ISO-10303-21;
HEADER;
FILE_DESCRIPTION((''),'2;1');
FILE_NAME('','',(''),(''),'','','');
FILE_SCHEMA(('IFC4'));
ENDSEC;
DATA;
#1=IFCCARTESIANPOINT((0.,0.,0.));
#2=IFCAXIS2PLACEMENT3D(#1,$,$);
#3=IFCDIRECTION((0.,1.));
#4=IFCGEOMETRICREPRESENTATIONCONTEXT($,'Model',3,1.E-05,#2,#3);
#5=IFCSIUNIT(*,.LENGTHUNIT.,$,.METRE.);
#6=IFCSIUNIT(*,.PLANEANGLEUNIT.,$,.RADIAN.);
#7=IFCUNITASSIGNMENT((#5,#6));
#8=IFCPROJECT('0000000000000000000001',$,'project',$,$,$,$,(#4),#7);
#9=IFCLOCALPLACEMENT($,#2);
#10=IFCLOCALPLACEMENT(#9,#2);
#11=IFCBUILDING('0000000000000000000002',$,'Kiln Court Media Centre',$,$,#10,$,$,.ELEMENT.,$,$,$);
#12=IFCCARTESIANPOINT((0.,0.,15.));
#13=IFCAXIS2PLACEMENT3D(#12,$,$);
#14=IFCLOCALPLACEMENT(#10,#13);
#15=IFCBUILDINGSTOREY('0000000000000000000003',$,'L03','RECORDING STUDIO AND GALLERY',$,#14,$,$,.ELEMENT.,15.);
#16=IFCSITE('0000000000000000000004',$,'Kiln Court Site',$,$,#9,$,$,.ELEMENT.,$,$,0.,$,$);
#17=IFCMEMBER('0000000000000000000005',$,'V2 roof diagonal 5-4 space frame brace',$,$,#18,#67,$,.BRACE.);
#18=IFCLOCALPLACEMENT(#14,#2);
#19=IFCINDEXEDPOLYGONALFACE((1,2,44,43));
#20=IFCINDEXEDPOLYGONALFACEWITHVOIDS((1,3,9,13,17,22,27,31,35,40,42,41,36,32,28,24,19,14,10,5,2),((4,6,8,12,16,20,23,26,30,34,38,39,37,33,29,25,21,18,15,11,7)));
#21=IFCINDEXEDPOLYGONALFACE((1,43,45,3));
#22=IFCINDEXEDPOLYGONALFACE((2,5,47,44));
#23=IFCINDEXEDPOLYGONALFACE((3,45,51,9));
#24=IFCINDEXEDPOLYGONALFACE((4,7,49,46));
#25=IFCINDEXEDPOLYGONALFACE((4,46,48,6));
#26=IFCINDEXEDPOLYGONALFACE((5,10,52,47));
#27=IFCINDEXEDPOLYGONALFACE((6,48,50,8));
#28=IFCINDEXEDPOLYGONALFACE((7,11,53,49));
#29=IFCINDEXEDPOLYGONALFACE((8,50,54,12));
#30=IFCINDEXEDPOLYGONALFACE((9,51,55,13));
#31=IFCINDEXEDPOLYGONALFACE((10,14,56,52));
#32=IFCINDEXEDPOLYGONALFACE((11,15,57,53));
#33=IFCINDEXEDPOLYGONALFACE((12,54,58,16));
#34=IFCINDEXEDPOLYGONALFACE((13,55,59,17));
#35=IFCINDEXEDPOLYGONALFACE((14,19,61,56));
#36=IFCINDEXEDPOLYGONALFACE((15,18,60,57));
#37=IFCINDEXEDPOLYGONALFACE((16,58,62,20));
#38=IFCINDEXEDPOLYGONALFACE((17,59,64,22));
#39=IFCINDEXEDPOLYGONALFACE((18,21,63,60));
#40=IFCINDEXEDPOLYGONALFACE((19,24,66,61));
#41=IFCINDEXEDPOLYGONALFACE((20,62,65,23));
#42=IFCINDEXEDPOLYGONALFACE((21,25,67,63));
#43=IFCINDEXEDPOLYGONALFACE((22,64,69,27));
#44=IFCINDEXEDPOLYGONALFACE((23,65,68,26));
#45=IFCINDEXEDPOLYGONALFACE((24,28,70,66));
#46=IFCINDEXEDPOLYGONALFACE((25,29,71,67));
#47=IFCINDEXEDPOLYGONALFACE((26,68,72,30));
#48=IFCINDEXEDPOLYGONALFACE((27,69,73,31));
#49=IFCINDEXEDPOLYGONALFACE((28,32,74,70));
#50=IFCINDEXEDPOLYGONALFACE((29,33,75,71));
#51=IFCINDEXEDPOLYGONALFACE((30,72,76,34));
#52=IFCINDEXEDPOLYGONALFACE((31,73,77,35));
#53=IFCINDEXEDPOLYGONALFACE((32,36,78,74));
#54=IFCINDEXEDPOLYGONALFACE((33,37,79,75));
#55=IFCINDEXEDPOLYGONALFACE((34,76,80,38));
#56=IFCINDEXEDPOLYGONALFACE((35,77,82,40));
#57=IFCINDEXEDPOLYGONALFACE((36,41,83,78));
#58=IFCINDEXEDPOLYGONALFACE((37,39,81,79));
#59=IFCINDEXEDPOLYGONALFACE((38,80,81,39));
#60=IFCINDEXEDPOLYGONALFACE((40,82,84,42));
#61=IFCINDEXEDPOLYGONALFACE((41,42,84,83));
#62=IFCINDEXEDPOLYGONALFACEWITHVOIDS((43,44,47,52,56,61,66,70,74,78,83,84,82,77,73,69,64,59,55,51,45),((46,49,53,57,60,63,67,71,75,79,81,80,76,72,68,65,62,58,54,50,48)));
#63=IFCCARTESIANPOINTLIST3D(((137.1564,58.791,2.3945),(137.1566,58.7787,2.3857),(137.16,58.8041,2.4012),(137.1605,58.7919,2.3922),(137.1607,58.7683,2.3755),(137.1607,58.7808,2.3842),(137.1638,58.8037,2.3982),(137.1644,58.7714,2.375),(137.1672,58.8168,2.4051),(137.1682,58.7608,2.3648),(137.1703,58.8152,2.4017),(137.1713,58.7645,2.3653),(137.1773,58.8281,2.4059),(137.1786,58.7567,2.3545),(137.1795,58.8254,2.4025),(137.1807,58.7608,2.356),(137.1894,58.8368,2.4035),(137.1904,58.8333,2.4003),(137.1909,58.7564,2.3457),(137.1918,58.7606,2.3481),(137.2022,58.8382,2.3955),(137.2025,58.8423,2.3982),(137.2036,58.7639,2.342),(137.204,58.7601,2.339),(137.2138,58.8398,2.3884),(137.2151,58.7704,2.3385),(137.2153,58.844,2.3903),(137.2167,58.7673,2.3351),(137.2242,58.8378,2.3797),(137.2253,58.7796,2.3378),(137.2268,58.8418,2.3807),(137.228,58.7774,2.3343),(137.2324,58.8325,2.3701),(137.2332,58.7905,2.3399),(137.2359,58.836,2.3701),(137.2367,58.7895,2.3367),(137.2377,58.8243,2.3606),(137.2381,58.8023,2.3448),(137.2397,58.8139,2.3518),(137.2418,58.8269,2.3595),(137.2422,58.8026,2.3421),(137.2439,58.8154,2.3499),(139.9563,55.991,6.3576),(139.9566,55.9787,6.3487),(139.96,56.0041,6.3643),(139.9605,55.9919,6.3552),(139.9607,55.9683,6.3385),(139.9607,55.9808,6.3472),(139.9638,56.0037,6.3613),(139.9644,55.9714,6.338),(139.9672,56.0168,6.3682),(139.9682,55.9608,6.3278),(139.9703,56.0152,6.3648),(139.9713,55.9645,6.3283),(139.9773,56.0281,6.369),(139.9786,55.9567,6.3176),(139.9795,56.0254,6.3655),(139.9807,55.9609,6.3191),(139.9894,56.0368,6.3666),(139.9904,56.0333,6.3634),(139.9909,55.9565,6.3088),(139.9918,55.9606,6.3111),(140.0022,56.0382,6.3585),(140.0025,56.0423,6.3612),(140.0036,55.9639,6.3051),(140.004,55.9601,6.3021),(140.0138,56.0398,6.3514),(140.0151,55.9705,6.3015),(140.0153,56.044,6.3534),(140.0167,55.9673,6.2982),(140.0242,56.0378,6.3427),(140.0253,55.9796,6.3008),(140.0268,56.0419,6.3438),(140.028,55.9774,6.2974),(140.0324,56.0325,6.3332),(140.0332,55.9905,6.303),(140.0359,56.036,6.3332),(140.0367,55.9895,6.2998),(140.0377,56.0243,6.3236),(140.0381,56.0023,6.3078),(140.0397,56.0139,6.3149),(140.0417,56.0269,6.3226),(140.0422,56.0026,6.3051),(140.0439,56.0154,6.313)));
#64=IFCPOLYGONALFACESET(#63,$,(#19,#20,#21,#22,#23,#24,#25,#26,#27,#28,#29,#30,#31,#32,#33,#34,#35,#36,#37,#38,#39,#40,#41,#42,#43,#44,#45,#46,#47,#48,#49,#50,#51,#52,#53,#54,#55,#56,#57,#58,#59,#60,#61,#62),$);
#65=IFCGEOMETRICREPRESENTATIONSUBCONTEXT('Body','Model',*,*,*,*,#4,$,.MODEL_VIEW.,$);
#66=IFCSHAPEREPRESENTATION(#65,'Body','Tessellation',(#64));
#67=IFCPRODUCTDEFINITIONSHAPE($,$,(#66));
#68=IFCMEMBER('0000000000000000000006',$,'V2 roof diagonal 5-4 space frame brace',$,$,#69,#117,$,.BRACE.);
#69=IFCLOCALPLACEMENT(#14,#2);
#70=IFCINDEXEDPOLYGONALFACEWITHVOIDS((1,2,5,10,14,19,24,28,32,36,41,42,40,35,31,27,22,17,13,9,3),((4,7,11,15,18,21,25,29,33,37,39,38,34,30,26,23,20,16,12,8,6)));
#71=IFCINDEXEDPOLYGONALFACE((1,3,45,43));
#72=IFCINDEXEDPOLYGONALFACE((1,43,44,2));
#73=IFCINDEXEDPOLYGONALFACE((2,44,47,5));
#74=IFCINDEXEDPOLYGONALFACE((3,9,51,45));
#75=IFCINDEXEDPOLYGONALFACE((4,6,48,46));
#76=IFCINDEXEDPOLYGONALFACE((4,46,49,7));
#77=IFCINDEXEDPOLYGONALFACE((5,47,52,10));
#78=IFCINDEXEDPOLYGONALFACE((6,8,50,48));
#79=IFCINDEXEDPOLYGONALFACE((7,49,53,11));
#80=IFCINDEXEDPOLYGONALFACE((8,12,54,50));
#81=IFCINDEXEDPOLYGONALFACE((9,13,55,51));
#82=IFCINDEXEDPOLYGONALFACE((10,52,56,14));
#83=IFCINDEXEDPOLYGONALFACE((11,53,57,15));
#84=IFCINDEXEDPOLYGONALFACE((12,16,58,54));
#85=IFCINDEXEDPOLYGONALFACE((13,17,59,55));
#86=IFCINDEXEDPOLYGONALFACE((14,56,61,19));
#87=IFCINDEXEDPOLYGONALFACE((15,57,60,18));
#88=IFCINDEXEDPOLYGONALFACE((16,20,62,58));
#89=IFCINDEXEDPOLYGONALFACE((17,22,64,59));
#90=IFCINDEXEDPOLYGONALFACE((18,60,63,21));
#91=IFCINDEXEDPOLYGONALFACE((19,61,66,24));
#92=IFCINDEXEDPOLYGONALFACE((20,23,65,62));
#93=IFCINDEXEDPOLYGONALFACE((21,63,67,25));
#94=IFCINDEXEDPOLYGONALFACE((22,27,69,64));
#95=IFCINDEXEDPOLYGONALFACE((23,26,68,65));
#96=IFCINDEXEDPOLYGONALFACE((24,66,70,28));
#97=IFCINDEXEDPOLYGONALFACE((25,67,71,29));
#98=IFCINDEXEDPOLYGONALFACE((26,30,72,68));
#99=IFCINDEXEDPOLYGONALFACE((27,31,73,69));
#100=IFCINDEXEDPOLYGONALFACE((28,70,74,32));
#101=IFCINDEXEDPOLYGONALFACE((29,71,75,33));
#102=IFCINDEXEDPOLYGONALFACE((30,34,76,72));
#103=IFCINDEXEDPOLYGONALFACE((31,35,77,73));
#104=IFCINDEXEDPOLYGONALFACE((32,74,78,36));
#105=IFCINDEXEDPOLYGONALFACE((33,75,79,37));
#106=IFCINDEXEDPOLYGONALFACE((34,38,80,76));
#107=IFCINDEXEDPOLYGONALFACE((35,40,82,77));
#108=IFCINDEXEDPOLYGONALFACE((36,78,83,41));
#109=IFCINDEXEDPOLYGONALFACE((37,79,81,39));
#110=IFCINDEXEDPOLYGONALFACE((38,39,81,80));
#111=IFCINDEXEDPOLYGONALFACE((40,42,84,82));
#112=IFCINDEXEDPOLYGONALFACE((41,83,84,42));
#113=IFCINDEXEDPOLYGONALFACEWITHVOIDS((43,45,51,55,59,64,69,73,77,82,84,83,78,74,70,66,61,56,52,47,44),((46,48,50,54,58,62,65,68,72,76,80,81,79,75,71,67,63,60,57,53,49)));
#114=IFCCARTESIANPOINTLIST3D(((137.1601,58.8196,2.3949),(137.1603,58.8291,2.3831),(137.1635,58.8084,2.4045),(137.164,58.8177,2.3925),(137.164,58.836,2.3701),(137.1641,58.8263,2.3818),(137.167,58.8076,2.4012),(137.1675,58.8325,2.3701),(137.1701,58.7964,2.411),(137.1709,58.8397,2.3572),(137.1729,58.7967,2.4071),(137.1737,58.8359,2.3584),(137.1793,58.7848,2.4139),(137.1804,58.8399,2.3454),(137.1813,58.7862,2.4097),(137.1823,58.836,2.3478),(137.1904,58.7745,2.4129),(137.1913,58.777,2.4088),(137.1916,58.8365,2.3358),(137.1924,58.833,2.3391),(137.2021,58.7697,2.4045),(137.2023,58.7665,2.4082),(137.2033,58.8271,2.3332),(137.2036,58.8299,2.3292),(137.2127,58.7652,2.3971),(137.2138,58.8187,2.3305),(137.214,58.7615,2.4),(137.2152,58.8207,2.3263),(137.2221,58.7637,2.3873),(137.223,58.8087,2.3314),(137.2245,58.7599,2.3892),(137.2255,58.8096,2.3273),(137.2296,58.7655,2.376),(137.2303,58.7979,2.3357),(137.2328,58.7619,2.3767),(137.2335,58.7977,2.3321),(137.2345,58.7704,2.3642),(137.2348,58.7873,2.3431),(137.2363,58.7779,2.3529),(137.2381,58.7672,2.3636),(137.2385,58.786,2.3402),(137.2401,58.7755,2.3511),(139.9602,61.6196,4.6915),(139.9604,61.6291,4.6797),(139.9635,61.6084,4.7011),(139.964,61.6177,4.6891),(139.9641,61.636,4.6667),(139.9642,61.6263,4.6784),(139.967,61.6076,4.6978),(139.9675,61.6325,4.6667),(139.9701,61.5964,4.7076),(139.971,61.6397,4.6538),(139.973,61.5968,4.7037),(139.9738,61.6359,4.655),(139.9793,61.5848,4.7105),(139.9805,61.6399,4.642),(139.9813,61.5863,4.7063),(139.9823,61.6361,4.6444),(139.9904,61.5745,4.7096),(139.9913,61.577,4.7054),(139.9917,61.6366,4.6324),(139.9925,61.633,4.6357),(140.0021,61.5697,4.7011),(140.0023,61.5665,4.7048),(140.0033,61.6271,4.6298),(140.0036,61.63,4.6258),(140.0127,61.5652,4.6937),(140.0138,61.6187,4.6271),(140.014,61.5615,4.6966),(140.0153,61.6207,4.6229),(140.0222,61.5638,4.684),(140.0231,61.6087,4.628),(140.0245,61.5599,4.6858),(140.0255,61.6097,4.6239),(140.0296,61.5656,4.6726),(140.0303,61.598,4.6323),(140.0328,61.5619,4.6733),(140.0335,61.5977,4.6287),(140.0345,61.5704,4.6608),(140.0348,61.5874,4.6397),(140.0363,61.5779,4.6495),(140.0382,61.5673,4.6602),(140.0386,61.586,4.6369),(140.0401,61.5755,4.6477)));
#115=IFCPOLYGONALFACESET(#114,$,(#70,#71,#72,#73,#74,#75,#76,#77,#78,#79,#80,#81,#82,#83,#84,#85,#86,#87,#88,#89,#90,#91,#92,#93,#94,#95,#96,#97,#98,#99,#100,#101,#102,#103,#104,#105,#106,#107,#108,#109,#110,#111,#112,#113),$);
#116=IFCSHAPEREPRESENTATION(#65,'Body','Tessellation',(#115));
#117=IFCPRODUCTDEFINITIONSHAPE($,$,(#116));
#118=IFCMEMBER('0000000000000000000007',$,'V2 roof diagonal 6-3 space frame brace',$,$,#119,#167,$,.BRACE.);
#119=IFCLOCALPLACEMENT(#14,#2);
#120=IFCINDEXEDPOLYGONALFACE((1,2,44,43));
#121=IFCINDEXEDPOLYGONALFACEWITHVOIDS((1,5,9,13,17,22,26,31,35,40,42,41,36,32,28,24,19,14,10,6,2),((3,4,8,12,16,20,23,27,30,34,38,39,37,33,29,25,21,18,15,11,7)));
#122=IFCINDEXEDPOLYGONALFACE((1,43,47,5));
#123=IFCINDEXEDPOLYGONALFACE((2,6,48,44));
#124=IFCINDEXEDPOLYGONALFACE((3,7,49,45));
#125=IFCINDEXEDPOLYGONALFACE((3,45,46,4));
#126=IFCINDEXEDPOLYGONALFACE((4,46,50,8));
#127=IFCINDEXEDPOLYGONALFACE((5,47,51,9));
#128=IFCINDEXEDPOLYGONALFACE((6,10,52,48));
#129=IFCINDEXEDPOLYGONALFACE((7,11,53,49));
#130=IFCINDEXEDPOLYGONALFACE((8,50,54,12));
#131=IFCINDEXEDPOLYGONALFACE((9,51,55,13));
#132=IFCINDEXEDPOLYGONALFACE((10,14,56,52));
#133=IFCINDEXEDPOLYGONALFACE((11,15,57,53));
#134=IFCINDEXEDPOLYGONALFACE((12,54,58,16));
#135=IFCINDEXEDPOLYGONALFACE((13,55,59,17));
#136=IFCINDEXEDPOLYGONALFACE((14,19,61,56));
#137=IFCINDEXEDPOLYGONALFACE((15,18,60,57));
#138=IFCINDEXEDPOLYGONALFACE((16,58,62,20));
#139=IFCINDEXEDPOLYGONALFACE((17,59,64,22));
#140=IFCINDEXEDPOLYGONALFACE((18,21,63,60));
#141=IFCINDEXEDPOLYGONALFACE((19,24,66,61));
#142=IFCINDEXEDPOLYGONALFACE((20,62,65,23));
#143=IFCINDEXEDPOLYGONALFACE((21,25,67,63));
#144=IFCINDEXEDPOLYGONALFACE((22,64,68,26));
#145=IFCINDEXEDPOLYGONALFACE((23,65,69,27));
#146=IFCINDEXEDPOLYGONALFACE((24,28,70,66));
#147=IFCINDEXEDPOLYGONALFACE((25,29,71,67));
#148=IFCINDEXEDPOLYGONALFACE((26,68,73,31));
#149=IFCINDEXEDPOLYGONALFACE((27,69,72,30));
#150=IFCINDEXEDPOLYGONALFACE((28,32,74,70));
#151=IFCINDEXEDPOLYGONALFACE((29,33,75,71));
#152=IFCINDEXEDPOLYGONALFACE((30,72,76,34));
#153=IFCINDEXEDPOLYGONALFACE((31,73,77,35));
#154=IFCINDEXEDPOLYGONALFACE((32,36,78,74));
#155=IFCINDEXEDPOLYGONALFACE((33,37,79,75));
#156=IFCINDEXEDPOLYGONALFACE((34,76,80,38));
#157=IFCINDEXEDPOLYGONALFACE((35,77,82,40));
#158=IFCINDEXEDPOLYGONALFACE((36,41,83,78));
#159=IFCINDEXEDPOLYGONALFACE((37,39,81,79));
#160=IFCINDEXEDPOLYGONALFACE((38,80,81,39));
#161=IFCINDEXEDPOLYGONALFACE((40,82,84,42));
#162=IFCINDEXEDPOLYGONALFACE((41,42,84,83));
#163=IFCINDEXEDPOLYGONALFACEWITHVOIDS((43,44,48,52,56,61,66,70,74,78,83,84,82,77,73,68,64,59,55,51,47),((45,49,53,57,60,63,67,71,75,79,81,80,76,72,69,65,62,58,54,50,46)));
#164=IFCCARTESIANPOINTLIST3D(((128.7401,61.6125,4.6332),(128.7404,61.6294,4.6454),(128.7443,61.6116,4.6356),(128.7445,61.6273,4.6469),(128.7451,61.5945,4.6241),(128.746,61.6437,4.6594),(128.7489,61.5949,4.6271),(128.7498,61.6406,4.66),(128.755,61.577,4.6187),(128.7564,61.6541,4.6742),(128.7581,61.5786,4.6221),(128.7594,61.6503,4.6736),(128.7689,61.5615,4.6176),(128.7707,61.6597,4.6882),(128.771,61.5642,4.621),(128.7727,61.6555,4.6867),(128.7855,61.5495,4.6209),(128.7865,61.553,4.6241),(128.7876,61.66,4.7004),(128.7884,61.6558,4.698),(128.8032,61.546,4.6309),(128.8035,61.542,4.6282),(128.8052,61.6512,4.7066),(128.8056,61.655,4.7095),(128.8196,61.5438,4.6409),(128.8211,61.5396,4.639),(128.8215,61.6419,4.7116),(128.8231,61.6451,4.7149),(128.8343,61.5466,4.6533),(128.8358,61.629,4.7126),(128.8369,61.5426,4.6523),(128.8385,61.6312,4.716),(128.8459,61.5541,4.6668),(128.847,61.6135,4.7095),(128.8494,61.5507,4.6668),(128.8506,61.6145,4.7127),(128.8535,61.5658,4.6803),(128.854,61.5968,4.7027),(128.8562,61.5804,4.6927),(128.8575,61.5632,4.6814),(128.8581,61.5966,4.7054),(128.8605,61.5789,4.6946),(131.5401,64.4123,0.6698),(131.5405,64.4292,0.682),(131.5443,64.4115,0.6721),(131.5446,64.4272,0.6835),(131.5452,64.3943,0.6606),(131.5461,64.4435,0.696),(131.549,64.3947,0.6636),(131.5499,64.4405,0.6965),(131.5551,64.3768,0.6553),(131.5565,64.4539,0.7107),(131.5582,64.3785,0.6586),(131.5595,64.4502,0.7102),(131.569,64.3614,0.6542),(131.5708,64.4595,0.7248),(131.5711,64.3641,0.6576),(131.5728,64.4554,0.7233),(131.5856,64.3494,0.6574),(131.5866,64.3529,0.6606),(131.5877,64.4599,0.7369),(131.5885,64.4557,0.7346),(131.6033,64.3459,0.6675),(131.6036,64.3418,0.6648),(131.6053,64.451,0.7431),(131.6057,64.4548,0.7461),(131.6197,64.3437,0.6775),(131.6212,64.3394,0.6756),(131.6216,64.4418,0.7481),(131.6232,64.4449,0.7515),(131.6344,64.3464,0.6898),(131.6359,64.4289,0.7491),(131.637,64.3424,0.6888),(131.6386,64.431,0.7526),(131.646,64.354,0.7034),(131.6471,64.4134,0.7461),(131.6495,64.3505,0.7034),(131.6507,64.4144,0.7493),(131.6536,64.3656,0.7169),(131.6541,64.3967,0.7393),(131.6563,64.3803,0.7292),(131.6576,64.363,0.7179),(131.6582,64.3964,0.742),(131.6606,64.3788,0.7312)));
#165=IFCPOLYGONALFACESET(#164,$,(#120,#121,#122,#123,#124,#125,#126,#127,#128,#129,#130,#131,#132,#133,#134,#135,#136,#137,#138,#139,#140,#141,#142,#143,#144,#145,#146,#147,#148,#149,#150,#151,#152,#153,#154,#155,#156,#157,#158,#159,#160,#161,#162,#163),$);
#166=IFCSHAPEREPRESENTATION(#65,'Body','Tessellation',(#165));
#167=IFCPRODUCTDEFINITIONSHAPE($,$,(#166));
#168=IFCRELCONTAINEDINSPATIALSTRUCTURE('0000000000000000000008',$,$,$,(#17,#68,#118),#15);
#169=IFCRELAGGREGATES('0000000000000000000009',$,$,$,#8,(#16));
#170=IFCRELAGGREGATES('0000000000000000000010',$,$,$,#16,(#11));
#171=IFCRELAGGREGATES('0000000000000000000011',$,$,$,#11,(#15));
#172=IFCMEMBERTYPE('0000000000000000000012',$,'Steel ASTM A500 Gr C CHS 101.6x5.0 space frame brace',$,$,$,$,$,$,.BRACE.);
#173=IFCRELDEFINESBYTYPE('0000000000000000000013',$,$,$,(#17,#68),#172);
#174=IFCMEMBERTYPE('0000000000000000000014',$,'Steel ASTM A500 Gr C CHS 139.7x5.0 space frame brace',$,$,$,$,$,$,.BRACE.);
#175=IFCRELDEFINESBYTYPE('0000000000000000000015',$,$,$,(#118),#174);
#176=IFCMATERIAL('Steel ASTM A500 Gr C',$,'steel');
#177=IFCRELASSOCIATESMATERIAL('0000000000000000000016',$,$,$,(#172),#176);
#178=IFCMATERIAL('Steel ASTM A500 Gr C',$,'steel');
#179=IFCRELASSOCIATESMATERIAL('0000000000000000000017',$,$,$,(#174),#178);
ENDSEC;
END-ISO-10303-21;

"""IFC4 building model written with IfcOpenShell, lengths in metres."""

from ifc_helpers import new_model, si_unit, direction, frame, origin, origin_2d, place, context, subcontext, project, spatial, hollow_circle, extrude, material, material_profile, profile_set, type_object, element, save


model = new_model("IFC4")

# Units and contexts
model_context = context("Model", 3, precision=1e-05, world=origin(), true_north=direction((0.0, 1.0)))
body_context = subcontext(model_context, "Body", "Model", "MODEL_VIEW")
ifc_project = project(units=[si_unit("LENGTHUNIT", "METRE"), si_unit("PLANEANGLEUNIT", "RADIAN")], contexts=[model_context])

# Site, building, storey
site_placement = place(None, origin())
site = spatial("IfcSite", under=ifc_project, at=site_placement, Name="Kiln Court Site", CompositionType="ELEMENT", RefElevation=0.0)
building_placement = place(site_placement, origin())
building = spatial("IfcBuilding", under=site, at=building_placement, Name="Kiln Court Media Centre", CompositionType="ELEMENT")
storey_placement = place(building_placement, frame((0.0, 0.0, 15.0)))
storey = spatial("IfcBuildingStorey", under=building, at=storey_placement, Name="L03", Description="RECORDING STUDIO AND GALLERY", CompositionType="ELEMENT", Elevation=15.0)

# Members
ifc_material_1 = material(Name="Steel ASTM A500 Gr C", Category="steel")
ifc_material_profile_1 = material_profile(ifc_material_1, hollow_circle(Radius=0.0508, WallThickness=0.0049, at=origin_2d()), Name="CHS 101.6x5.0")
ifc_profile_set_1 = profile_set([ifc_material_profile_1], Name="Steel ASTM A500 Gr C")
member_type_1 = type_object("IfcMemberType", Name="Steel ASTM A500 Gr C CHS 101.6x5.0 space frame brace", PredefinedType="BRACE", material=ifc_profile_set_1)
member_1_placement = place(storey_placement, frame((137.2, 58.8, 2.3701), z_axis=(0.499794, -0.499794, 0.707398), x_axis=(0.707107, 0.707107, 0.0)))
element("IfcMember", 1, at=member_1_placement, inside=storey, type_object=member_type_1, Name="V2 roof diagonal 5-4 space frame brace", PredefinedType="BRACE", context=body_context, shape_type="SweptSolid", body=[
    extrude(hollow_circle(Radius=0.0508, WallThickness=0.0049, at=origin_2d()), origin(), (0.0, 0.0, 1.0), 5.6023),
])
member_2_placement = place(storey_placement, frame((137.2, 58.8, 2.3701), z_axis=(0.611676, 0.611676, 0.501703), x_axis=(-0.707107, 0.707107, 0.0)))
element("IfcMember", 2, at=member_2_placement, inside=storey, type_object=member_type_1, Name="V2 roof diagonal 5-4 space frame brace", PredefinedType="BRACE", context=body_context, shape_type="SweptSolid", body=[
    extrude(hollow_circle(Radius=0.0508, WallThickness=0.0049, at=origin_2d()), origin(), (0.0, 0.0, 1.0), 4.5776),
])
ifc_material_2 = material(Name="Steel ASTM A500 Gr C", Category="steel")
ifc_material_profile_2 = material_profile(ifc_material_2, hollow_circle(Radius=0.0698, WallThickness=0.0049, at=origin_2d()), Name="CHS 139.7x5.0")
ifc_profile_set_2 = profile_set([ifc_material_profile_2], Name="Steel ASTM A500 Gr C")
member_type_2 = type_object("IfcMemberType", Name="Steel ASTM A500 Gr C CHS 139.7x5.0 space frame brace", PredefinedType="BRACE", material=ifc_profile_set_2)
member_3_placement = place(storey_placement, frame((131.6001, 64.3999, 0.7034), z_axis=(-0.499789, -0.499746, 0.707436), x_axis=(0.707076, -0.707138, 0.0)))
element("IfcMember", 3, at=member_3_placement, inside=storey, type_object=member_type_2, Name="V2 roof diagonal 6-3 space frame brace", PredefinedType="BRACE", context=body_context, shape_type="SweptSolid", body=[
    extrude(hollow_circle(Radius=0.0698, WallThickness=0.0049, at=origin_2d()), origin(), (0.0, 0.0, 1.0), 5.6025),
])

save(model, "model.ifc")
